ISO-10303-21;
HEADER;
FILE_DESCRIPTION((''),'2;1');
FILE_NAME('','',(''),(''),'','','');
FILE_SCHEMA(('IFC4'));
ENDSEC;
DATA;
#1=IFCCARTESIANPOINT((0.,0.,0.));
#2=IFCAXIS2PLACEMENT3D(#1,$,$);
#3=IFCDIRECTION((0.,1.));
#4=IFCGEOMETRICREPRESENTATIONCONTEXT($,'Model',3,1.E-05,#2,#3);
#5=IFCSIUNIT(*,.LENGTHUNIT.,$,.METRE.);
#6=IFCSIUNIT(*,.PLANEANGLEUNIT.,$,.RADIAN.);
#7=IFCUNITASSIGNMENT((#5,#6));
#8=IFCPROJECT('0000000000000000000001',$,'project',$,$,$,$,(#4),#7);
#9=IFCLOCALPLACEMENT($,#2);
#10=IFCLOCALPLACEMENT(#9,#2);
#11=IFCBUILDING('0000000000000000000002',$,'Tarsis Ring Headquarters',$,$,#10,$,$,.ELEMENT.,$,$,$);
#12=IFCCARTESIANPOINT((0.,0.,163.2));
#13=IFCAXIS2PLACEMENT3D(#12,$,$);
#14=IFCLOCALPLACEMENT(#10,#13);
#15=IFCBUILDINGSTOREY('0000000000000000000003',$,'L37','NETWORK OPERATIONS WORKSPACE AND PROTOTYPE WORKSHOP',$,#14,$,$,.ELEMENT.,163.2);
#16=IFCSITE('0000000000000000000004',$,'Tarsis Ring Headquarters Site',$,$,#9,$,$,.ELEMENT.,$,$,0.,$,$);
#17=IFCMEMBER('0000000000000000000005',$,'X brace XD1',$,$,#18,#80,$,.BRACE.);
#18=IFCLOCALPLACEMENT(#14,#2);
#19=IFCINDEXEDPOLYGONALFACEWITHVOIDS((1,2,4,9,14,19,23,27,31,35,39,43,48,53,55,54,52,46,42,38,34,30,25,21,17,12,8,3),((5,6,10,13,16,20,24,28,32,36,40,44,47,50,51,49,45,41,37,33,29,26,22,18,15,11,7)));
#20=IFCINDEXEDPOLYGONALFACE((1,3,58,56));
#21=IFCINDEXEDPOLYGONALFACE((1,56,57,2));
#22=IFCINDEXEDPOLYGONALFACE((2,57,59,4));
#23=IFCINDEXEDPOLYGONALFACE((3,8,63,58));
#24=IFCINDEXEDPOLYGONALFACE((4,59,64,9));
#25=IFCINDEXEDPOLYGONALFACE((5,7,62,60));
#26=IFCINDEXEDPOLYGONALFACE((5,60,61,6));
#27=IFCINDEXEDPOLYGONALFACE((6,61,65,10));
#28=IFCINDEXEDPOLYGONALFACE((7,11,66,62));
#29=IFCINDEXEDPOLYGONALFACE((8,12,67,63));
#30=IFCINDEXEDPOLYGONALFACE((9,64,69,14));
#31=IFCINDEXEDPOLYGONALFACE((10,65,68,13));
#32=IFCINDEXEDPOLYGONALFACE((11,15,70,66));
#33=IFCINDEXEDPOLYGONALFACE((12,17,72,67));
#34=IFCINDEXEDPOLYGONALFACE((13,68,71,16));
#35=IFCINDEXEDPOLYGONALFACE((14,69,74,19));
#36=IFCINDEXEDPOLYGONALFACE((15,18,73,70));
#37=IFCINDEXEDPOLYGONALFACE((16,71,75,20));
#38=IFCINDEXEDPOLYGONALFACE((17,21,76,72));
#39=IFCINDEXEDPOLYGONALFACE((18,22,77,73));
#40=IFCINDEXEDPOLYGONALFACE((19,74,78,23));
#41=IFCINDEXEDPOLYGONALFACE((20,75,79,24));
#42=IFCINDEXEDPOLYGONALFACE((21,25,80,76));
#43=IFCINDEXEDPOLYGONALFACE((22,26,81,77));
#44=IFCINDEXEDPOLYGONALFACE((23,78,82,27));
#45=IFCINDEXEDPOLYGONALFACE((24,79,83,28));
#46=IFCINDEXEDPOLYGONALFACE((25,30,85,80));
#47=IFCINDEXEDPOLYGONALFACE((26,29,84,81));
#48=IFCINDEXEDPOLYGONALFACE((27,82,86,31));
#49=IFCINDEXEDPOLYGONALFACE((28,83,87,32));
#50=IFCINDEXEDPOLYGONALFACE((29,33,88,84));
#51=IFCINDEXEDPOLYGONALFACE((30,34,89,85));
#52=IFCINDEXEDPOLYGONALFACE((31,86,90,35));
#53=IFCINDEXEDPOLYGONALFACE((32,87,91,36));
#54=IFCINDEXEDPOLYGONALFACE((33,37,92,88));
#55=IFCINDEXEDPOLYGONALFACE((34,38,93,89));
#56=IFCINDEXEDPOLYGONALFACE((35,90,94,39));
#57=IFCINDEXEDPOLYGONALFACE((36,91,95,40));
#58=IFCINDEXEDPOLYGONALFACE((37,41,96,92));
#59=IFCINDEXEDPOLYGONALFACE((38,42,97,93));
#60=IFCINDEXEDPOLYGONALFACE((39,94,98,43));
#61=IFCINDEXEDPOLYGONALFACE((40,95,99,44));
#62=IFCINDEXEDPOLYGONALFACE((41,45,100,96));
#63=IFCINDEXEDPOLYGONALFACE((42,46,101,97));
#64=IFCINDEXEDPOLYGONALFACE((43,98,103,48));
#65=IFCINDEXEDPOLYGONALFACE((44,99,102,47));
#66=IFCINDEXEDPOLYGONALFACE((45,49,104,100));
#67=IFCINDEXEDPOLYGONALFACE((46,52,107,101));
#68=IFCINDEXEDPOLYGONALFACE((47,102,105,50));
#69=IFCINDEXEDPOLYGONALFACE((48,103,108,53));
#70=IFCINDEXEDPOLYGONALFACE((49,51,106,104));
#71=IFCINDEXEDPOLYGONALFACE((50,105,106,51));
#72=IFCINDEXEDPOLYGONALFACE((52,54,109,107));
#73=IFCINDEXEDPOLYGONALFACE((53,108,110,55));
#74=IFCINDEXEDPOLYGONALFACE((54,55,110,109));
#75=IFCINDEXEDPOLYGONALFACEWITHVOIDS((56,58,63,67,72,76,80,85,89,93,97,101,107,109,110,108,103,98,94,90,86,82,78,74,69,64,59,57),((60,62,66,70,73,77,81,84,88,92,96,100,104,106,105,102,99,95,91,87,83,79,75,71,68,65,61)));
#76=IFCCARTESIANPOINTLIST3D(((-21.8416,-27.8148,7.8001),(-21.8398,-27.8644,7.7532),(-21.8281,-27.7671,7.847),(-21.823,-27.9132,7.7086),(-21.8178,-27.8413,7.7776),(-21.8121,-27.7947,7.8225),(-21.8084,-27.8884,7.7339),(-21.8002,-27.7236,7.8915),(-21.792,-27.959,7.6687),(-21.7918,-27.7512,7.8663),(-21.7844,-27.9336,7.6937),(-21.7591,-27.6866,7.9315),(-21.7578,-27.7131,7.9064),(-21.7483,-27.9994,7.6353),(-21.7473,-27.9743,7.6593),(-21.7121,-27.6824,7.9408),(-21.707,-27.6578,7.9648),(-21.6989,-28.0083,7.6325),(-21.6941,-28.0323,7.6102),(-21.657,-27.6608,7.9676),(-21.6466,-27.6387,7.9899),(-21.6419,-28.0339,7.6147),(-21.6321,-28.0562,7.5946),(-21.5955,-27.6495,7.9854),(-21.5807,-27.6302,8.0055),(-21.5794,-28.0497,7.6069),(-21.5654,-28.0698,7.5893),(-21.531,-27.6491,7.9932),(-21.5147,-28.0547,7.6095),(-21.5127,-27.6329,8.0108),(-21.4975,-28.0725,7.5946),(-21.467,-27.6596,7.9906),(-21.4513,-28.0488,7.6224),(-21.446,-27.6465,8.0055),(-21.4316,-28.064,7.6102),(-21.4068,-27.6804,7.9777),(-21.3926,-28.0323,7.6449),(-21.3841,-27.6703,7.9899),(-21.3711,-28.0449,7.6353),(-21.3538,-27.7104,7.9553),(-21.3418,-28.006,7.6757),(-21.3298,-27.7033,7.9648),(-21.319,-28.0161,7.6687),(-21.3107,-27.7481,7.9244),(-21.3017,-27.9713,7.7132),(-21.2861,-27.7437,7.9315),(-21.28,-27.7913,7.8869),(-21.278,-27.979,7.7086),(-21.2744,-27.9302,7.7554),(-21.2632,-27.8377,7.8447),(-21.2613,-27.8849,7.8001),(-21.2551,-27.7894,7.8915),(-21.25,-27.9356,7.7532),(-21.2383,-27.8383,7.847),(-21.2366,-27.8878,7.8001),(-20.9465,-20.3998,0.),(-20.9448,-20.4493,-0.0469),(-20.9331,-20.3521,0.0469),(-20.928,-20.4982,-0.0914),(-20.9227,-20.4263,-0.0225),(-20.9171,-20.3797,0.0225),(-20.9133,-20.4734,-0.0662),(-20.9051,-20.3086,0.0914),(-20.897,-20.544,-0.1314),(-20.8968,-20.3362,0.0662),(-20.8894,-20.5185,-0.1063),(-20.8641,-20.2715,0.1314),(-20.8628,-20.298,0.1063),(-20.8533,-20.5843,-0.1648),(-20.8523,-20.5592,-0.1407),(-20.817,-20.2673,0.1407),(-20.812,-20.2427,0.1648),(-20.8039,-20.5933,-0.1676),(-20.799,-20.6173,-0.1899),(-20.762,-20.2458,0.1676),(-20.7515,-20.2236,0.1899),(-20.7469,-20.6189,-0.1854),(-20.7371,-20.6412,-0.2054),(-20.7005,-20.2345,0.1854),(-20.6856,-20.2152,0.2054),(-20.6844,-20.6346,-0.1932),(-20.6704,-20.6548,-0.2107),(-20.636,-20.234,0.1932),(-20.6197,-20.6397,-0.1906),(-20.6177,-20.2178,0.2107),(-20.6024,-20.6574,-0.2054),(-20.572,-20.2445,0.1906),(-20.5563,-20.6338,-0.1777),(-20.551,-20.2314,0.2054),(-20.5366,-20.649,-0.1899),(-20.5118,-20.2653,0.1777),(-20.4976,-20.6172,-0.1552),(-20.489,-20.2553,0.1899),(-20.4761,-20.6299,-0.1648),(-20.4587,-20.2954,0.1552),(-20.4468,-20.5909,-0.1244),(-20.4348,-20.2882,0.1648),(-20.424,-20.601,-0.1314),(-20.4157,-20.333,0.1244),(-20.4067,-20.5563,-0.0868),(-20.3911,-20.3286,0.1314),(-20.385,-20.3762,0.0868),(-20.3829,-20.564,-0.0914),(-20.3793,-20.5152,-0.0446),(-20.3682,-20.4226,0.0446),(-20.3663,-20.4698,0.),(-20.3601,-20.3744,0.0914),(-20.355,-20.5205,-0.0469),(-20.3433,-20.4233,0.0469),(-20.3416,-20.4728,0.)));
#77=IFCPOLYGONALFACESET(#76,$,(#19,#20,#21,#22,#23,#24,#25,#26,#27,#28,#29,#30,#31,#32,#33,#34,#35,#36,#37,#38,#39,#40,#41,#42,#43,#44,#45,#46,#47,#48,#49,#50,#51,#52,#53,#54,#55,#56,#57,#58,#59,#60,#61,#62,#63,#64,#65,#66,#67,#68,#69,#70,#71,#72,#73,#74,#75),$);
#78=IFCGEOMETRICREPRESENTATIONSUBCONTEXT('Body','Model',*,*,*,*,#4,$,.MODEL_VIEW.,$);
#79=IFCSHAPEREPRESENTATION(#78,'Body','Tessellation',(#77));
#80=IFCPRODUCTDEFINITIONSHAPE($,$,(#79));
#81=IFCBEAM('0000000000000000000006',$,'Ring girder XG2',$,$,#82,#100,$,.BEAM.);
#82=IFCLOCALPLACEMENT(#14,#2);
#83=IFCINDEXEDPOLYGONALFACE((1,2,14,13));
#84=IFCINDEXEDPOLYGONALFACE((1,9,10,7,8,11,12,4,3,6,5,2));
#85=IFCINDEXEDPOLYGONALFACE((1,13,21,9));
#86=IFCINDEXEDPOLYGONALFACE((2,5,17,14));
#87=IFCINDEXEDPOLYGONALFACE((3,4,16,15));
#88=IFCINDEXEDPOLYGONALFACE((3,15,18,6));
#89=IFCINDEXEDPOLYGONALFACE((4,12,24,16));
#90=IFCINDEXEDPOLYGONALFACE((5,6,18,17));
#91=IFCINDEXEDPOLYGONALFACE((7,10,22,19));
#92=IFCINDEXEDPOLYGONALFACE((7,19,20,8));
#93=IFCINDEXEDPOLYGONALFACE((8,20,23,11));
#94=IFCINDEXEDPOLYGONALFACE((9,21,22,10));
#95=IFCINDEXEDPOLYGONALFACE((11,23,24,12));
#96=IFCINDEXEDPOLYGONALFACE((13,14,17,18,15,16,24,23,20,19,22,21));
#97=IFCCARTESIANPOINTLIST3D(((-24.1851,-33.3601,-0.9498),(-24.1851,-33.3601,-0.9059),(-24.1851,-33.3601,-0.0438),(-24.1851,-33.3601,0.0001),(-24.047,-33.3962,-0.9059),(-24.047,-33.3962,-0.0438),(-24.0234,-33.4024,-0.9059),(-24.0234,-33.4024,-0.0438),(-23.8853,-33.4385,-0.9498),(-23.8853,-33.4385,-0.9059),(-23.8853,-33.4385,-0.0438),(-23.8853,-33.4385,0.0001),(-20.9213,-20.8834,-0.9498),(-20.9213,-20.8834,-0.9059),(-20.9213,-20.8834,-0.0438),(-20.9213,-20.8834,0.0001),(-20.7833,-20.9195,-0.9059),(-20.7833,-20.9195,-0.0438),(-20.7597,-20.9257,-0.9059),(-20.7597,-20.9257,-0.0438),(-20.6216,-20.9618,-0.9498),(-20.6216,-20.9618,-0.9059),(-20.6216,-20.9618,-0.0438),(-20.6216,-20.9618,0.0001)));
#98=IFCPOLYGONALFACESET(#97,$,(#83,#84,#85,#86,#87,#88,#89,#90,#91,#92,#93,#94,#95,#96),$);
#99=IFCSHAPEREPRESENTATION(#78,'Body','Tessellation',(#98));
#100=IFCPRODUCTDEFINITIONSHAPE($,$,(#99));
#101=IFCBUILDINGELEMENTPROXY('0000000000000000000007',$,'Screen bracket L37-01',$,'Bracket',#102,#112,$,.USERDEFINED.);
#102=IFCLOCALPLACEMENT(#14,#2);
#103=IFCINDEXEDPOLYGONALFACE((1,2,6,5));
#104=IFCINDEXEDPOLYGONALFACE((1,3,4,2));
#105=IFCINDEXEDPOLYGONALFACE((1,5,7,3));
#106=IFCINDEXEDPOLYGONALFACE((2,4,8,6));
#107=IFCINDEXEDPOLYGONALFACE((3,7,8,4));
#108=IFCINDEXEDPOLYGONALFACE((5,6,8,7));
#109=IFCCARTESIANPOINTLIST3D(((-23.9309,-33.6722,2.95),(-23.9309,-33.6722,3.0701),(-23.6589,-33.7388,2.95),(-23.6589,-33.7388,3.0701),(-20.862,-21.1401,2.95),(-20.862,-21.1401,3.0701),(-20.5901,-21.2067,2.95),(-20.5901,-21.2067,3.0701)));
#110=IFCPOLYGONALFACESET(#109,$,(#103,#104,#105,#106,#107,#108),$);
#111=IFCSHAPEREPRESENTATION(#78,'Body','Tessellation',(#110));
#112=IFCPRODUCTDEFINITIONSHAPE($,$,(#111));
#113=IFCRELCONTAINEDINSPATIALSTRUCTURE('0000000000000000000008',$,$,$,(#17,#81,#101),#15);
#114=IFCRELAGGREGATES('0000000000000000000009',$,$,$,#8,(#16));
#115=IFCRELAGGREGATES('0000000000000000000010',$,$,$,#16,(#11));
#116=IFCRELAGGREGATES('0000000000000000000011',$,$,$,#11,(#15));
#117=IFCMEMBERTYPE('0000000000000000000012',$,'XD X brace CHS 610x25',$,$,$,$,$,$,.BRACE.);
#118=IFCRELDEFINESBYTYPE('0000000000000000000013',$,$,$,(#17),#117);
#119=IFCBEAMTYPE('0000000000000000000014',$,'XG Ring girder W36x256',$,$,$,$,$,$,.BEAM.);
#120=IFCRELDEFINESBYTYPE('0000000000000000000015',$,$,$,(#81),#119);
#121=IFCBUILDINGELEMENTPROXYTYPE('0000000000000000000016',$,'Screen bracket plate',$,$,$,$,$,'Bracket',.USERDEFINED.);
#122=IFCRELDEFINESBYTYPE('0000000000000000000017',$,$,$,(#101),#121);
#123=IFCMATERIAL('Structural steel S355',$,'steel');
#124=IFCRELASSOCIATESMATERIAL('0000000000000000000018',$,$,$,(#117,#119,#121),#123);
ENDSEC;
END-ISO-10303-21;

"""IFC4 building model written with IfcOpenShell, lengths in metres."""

from ifc_helpers import new_model, si_unit, direction, frame, origin, origin_2d, place, context, subcontext, project, spatial, rectangle, hollow_circle, i_section, extrude, material, material_profile, profile_set, type_object, element, save


model = new_model("IFC4")

# Units and contexts
model_context = context("Model", 3, precision=1e-05, world=origin(), true_north=direction((0.0, 1.0)))
body_context = subcontext(model_context, "Body", "Model", "MODEL_VIEW")
ifc_project = project(units=[si_unit("LENGTHUNIT", "METRE"), si_unit("PLANEANGLEUNIT", "RADIAN")], contexts=[model_context])

# Site, building, storey
site_placement = place(None, origin())
site = spatial("IfcSite", under=ifc_project, at=site_placement, Name="Tarsis Ring Headquarters Site", CompositionType="ELEMENT", RefElevation=0.0)
building_placement = place(site_placement, origin())
building = spatial("IfcBuilding", under=site, at=building_placement, Name="Tarsis Ring Headquarters", CompositionType="ELEMENT")
storey_placement = place(building_placement, frame((0.0, 0.0, 163.2)))
storey = spatial("IfcBuildingStorey", under=building, at=storey_placement, Name="L37", Description="NETWORK OPERATIONS WORKSPACE AND PROTOTYPE WORKSHOP", CompositionType="ELEMENT", Elevation=163.2)

# Shared definitions
ifc_material_1 = material(Name="Structural steel S355", Category="steel")

# Shared definitions
ifc_material_profile_1 = material_profile(ifc_material_1, i_section(OverallWidth=0.3098, OverallDepth=0.95, WebThickness=0.0244, FlangeThickness=0.0439, at=origin_2d()), Name="W36x256")
ifc_profile_set_1 = profile_set([ifc_material_profile_1], Name="Structural steel S355")

# Member
ifc_material_profile_2 = material_profile(ifc_material_1, hollow_circle(Radius=0.3047, WallThickness=0.0249, at=origin_2d()), Name="CHS 610x25")
ifc_profile_set_2 = profile_set([ifc_material_profile_2], Name="Structural steel S355")
member_type = type_object("IfcMemberType", Name="XD X brace CHS 610x25", PredefinedType="BRACE", material=ifc_profile_set_2)
member_placement = place(storey_placement, frame((-20.644, -20.4363, 0.0), z_axis=(-0.082878, -0.686623, 0.722274), x_axis=(0.992794, -0.119833, 0.0)))
element("IfcMember", 1, at=member_placement, inside=storey, type_object=member_type, Name="X brace XD1", PredefinedType="BRACE", context=body_context, shape_type="SweptSolid", body=[
    extrude(hollow_circle(Radius=0.3047, WallThickness=0.0249, at=origin_2d()), origin(), (0.0, 0.0, 1.0), 10.7993),
])

# Beam
beam_type_1 = type_object("IfcBeamType", Name="XG Ring girder W36x256", PredefinedType="BEAM", material=ifc_profile_set_1)
beam_1_placement = place(storey_placement, frame((-20.7715, -20.9226, -0.4749), z_axis=(-0.253069, -0.967448, 0.0), x_axis=(0.967448, -0.253069, 0.0)))
element("IfcBeam", 2, at=beam_1_placement, inside=storey, type_object=beam_type_1, Name="Ring girder XG2", PredefinedType="BEAM", context=body_context, shape_type="SweptSolid", body=[
    extrude(i_section(OverallWidth=0.3098, OverallDepth=0.95, WebThickness=0.0244, FlangeThickness=0.0439, at=origin_2d()), origin(), (0.0, 0.0, 1.0), 12.8965),
])

# Building element proxy
building_element_proxy_type = type_object("IfcBuildingElementProxyType", Name="Screen bracket plate", ElementType="Bracket", PredefinedType="USERDEFINED", material=ifc_material_1)
proxy_placement = place(storey_placement, frame((-22.2605, -27.4395, 2.95), z_axis=(0.0, 0.0, 1.0), x_axis=(-0.237855, -0.971301, 0.0)))
element("IfcBuildingElementProxy", 3, at=proxy_placement, inside=storey, type_object=building_element_proxy_type, Name="Screen bracket L37-01", ObjectType="Bracket", PredefinedType="USERDEFINED", context=body_context, shape_type="SweptSolid", body=[
    extrude(rectangle(XDim=12.9023, YDim=0.28, at=origin_2d()), origin(), (0.0, 0.0, 1.0), 0.1201),
])

save(model, "model.ifc")
